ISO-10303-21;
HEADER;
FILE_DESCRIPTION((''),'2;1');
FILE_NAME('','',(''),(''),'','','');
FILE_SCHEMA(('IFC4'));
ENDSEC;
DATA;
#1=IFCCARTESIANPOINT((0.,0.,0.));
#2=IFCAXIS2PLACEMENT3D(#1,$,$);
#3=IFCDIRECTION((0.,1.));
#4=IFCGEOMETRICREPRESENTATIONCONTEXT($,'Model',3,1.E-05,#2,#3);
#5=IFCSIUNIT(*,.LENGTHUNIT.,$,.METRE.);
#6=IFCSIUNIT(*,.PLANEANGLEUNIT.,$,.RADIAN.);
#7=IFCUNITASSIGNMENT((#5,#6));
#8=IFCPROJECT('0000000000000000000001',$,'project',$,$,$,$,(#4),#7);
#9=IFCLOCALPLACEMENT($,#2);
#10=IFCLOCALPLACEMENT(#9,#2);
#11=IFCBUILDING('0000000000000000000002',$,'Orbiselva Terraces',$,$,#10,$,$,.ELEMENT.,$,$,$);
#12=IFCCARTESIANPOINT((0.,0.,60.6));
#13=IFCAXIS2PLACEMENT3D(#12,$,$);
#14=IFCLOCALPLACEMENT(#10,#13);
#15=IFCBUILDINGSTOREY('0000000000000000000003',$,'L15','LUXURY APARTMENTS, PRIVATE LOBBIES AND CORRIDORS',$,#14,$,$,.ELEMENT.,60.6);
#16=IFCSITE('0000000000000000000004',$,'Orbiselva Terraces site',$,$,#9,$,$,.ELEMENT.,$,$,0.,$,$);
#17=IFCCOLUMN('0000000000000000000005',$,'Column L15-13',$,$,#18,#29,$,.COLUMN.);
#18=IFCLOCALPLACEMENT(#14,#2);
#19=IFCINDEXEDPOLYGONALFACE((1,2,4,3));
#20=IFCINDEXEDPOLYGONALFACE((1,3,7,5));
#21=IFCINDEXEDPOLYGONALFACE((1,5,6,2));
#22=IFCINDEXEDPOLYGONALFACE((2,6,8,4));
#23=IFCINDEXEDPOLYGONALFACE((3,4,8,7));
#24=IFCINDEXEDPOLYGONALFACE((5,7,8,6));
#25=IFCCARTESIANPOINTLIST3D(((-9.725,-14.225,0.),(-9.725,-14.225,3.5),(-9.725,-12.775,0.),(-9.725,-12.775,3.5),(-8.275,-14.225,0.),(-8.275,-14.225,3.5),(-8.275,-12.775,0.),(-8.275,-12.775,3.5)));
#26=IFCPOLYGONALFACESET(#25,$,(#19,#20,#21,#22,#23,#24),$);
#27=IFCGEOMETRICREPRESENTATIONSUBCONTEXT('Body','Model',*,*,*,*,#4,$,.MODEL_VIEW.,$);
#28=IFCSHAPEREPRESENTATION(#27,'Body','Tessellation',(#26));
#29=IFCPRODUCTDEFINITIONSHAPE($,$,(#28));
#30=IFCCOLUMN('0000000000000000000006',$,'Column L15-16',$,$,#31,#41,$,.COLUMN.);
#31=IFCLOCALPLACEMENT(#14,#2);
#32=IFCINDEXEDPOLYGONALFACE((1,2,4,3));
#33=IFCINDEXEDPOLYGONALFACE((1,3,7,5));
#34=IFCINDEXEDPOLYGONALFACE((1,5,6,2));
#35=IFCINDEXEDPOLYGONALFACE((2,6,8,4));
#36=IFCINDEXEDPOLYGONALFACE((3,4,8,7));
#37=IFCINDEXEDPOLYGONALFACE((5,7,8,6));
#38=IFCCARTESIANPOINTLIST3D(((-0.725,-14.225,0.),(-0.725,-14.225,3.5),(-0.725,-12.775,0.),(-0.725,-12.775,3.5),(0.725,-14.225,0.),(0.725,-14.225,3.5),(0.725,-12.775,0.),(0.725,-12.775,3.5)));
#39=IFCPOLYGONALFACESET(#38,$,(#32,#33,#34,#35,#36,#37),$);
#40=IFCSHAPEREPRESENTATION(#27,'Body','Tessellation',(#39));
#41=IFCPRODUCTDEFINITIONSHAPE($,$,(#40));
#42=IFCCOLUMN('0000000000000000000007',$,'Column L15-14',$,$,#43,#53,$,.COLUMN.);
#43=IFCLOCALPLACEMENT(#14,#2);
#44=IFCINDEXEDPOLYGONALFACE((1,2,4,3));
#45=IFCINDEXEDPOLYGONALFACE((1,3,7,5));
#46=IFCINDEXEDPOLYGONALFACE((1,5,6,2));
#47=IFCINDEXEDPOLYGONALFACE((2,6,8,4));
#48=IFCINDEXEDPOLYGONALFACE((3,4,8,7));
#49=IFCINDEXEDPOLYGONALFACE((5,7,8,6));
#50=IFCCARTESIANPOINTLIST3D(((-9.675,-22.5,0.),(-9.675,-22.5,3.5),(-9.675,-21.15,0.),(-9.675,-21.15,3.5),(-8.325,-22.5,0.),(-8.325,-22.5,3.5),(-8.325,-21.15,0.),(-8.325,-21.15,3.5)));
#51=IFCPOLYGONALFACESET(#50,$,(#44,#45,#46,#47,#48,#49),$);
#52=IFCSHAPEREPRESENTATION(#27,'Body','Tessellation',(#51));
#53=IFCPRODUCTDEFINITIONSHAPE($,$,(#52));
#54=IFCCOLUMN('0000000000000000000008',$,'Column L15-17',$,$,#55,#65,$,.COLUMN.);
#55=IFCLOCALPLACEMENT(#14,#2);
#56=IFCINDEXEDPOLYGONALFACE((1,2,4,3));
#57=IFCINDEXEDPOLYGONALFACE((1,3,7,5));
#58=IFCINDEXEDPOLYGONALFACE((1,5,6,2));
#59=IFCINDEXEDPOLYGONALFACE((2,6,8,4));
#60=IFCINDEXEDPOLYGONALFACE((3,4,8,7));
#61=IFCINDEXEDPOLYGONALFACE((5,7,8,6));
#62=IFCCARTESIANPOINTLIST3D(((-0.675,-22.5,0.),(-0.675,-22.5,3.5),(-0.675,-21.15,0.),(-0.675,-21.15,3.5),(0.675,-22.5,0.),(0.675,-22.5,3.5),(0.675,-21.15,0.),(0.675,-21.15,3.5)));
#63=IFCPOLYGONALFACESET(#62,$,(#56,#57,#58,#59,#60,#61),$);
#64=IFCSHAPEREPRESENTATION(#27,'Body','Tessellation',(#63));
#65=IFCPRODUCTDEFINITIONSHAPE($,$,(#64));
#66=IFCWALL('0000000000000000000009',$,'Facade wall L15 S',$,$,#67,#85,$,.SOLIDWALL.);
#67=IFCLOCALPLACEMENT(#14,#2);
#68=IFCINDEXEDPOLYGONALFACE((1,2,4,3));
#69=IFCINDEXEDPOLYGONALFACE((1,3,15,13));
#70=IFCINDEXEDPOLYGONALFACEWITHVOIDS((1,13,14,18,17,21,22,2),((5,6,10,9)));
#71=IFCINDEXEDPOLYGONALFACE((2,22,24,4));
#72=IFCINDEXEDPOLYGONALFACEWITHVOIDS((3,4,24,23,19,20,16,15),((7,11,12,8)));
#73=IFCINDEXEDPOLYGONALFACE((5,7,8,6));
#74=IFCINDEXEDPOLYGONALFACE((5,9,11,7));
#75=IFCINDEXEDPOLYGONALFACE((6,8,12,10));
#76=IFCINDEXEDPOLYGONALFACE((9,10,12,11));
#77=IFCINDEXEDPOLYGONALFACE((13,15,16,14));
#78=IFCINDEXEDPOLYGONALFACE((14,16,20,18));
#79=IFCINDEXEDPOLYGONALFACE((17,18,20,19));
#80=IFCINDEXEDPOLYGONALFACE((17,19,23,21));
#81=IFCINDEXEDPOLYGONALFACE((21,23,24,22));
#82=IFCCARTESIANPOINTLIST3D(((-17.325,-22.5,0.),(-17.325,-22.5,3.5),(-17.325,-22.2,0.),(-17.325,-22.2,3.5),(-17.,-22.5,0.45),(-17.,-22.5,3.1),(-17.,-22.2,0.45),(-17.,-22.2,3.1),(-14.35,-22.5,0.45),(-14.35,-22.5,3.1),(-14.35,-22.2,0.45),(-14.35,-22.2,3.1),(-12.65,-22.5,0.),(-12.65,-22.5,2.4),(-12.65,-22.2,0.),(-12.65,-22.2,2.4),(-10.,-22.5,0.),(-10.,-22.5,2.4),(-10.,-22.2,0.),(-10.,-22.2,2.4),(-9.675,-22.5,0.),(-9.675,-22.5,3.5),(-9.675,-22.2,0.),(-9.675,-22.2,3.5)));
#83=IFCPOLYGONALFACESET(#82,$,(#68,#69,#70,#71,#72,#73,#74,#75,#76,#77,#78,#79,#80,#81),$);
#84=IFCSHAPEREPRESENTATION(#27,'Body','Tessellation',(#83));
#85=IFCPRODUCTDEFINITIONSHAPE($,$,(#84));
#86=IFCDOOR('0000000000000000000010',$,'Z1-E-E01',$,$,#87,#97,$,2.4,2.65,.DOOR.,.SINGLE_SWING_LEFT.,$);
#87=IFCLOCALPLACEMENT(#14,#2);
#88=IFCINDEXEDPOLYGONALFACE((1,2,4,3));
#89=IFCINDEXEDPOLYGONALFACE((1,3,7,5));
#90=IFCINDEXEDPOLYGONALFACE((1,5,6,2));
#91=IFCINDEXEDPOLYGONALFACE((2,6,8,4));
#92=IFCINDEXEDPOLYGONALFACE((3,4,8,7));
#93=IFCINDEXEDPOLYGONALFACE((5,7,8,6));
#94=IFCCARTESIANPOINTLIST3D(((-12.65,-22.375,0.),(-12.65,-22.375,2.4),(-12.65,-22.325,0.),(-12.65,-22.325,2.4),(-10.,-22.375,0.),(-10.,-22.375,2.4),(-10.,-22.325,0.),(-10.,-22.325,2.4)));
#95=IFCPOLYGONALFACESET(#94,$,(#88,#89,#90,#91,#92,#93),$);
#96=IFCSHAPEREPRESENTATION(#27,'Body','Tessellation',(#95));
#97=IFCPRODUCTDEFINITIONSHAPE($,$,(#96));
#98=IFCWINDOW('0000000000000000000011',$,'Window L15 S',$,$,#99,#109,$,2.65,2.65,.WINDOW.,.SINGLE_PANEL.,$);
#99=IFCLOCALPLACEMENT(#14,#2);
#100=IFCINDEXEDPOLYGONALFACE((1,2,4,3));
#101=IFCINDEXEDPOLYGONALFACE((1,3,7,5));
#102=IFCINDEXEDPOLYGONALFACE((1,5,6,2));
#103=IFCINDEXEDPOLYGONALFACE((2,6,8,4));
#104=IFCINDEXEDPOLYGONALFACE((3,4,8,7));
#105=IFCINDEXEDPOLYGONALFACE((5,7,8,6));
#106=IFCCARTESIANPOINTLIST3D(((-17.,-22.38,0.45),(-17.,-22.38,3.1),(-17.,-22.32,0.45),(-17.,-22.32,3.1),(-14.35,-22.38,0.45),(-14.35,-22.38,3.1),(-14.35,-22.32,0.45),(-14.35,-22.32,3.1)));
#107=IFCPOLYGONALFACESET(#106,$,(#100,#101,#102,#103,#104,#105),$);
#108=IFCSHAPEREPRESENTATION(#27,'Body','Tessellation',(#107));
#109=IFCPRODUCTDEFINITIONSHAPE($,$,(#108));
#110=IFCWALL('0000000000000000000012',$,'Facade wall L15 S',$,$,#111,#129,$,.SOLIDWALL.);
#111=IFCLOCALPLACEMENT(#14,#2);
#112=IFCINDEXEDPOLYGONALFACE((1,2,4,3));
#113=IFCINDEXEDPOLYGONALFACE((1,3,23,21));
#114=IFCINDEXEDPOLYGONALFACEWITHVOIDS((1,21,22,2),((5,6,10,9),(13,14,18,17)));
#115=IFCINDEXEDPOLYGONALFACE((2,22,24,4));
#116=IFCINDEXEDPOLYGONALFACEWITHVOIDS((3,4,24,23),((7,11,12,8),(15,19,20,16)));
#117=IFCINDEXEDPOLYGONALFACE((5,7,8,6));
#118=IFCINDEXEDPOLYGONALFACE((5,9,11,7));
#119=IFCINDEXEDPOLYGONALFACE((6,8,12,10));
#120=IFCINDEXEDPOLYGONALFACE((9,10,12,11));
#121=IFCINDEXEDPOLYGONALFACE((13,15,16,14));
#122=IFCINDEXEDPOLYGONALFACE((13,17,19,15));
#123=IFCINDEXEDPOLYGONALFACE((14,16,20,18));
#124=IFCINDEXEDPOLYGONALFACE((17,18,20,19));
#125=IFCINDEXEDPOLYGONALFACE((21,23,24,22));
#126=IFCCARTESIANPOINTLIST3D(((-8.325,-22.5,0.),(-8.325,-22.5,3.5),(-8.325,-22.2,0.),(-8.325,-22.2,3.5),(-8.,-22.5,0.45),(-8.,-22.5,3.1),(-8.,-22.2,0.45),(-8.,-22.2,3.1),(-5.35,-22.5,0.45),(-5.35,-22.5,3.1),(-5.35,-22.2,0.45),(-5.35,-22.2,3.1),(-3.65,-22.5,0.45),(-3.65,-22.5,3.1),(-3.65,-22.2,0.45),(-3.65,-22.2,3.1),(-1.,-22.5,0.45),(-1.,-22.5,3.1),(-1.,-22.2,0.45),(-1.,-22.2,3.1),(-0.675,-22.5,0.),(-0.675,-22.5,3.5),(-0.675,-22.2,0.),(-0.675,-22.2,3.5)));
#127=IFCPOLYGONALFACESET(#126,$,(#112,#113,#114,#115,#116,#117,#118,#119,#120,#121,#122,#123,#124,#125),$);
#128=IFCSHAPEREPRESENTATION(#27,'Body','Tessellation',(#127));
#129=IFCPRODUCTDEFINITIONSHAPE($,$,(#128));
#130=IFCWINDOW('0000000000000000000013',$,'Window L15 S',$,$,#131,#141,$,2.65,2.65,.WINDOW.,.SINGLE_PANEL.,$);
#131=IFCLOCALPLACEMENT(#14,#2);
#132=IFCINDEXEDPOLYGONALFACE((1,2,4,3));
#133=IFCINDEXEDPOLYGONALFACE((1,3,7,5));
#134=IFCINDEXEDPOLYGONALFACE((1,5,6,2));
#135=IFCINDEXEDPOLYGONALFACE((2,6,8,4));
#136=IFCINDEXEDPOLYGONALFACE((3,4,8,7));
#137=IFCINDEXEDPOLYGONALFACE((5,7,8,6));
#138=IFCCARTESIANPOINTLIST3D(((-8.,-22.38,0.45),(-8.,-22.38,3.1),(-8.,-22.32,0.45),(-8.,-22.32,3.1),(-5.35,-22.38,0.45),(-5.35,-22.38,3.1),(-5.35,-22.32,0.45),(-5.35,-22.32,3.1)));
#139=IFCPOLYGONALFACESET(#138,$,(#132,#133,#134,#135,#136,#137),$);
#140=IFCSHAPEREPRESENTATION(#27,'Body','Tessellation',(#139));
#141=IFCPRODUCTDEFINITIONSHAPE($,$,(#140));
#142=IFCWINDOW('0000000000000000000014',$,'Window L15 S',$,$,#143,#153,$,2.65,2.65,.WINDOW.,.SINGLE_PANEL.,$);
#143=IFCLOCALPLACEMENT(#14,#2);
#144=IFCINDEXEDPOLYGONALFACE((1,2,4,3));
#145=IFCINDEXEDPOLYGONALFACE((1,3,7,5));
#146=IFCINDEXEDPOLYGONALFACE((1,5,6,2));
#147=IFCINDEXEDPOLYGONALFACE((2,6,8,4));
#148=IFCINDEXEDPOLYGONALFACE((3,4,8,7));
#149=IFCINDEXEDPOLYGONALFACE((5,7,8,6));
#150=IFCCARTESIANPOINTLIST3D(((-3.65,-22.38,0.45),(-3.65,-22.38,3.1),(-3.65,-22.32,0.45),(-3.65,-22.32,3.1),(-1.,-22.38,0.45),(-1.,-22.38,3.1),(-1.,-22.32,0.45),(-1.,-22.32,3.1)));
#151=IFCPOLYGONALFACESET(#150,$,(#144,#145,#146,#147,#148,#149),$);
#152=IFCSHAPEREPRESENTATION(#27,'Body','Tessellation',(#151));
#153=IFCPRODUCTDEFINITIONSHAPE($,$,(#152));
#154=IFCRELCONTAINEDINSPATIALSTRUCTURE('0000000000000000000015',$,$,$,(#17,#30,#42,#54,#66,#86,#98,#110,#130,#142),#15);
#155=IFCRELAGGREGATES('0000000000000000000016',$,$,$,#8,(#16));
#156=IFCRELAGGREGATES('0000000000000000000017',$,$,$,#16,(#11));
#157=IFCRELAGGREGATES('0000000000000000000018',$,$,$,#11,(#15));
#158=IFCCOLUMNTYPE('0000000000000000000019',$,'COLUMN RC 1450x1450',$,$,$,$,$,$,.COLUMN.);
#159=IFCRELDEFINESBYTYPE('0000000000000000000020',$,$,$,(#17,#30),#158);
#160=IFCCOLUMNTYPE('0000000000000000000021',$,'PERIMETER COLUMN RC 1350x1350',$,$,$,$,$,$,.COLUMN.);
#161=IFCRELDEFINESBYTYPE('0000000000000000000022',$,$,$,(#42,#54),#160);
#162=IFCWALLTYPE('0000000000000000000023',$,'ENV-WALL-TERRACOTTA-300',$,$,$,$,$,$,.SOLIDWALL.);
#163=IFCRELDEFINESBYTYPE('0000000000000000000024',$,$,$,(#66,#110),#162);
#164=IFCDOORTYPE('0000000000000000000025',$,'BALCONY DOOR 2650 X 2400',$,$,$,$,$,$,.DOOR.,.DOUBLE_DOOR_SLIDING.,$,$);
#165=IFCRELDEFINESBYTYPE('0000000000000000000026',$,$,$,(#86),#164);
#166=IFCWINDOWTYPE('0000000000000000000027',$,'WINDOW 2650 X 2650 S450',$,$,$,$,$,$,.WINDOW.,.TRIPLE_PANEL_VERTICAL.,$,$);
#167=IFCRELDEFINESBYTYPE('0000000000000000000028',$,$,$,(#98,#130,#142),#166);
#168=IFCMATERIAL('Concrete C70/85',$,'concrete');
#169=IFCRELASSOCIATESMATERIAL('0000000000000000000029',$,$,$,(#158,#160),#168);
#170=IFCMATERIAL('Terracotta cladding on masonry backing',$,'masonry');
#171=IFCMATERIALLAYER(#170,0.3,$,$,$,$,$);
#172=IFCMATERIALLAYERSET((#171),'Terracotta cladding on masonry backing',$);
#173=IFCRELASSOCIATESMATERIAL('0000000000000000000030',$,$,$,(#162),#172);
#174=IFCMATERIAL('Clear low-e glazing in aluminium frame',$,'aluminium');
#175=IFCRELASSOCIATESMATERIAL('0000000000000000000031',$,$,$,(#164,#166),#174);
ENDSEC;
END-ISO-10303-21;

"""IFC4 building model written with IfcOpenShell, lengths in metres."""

from ifc_helpers import new_model, si_unit, direction, frame, frame_2d, origin, origin_2d, place, context, subcontext, project, spatial, rectangle, extrude, material, layer, layer_set, material_profile, profile_set, type_object, element, fill, save


model = new_model("IFC4")

# Units and contexts
model_context = context("Model", 3, precision=1e-05, world=origin(), true_north=direction((0.0, 1.0)))
body_context = subcontext(model_context, "Body", "Model", "MODEL_VIEW")
ifc_project = project(units=[si_unit("LENGTHUNIT", "METRE"), si_unit("PLANEANGLEUNIT", "RADIAN")], contexts=[model_context])

# Site, building, storey
site_placement = place(None, origin())
site = spatial("IfcSite", under=ifc_project, at=site_placement, Name="Orbiselva Terraces site", CompositionType="ELEMENT", RefElevation=0.0)
building_placement = place(site_placement, origin())
building = spatial("IfcBuilding", under=site, at=building_placement, Name="Orbiselva Terraces", CompositionType="ELEMENT")
storey_placement = place(building_placement, frame((0.0, 0.0, 60.6)))
storey = spatial("IfcBuildingStorey", under=building, at=storey_placement, Name="L15", Description="LUXURY APARTMENTS, PRIVATE LOBBIES AND CORRIDORS", CompositionType="ELEMENT", Elevation=60.6)

# Columns
ifc_material_1 = material(Name="Concrete C70/85", Category="concrete")
ifc_material_profile_1 = material_profile(ifc_material_1, rectangle(XDim=1.45, YDim=1.45, at=origin_2d()), Name="RC 1450x1450")
ifc_profile_set_1 = profile_set([ifc_material_profile_1], Name="Concrete C70/85")
column_type_1 = type_object("IfcColumnType", Name="COLUMN RC 1450x1450", PredefinedType="COLUMN", material=ifc_profile_set_1)
for number, where, z_axis, x_axis, name in (
    (1, (-9.0, -13.5, 0.0), (0.0, 0.0, 1.0), (1.0, 0.0, 0.0), "Column L15-13"),
    (2, (0.0, -13.5, 0.0), (0.0, 0.0, 1.0), (1.0, 0.0, 0.0), "Column L15-16"),
):
    element("IfcColumn", number, at=place(storey_placement, frame(where, z_axis=z_axis, x_axis=x_axis)), inside=storey, type_object=column_type_1, Name=name, PredefinedType="COLUMN", context=body_context, shape_type="SweptSolid", body=[
        extrude(rectangle(XDim=1.45, YDim=1.45, at=origin_2d()), origin(), (0.0, 0.0, 1.0), 3.5),
    ])
ifc_material_profile_2 = material_profile(ifc_material_1, rectangle(XDim=1.35, YDim=1.35, at=origin_2d()), Name="RC 1350x1350")
ifc_profile_set_2 = profile_set([ifc_material_profile_2], Name="Concrete C70/85")
column_type_2 = type_object("IfcColumnType", Name="PERIMETER COLUMN RC 1350x1350", PredefinedType="COLUMN", material=ifc_profile_set_2)
for number, where, z_axis, x_axis, name in (
    (3, (-9.0, -21.825, 0.0), (0.0, 0.0, 1.0), (1.0, 0.0, 0.0), "Column L15-14"),
    (4, (0.0, -21.825, 0.0), (0.0, 0.0, 1.0), (1.0, 0.0, 0.0), "Column L15-17"),
):
    element("IfcColumn", number, at=place(storey_placement, frame(where, z_axis=z_axis, x_axis=x_axis)), inside=storey, type_object=column_type_2, Name=name, PredefinedType="COLUMN", context=body_context, shape_type="SweptSolid", body=[
        extrude(rectangle(XDim=1.35, YDim=1.35, at=origin_2d()), origin(), (0.0, 0.0, 1.0), 3.5),
    ])

# Wall, openings, door, window
ifc_material_2 = material(Name="Terracotta cladding on masonry backing", Category="masonry")
ifc_layer_1 = layer(ifc_material_2, 0.3)
ifc_layer_set_1 = layer_set([ifc_layer_1], Name="Terracotta cladding on masonry backing")
wall_type_1 = type_object("IfcWallType", Name="ENV-WALL-TERRACOTTA-300", PredefinedType="SOLIDWALL", material=ifc_layer_set_1)
wall_1_placement = place(storey_placement, frame((-9.675, -22.35, 0.0), z_axis=(0.0, 0.0, 1.0), x_axis=(-1.0, 0.0, 0.0)))
wall_1 = element("IfcWall", 5, at=wall_1_placement, inside=storey, type_object=wall_type_1, Name="Facade wall L15 S", PredefinedType="SOLIDWALL", context=body_context, shape_type="SweptSolid", body=[
    extrude(rectangle(XDim=7.65, YDim=0.3, at=frame_2d((3.825, 0.0))), origin(), (0.0, 0.0, 1.0), 3.5),
])
opening_1_placement = place(wall_1_placement, frame((4.675, 0.0, 0.45)))
opening_1 = element("IfcOpeningElement", 6, at=opening_1_placement, cuts=wall_1, PredefinedType="OPENING", context=body_context, shape_type="SweptSolid", body=[
    extrude(rectangle(XDim=2.65, YDim=2.65, at=frame_2d((1.325, 1.325))), frame((0.0, 0.16, 0.0), z_axis=(0.0, -1.0, 0.0), x_axis=(1.0, 0.0, 0.0)), (0.0, 0.0, 1.0), 0.32),
])
opening_2_placement = place(wall_1_placement, frame((0.325, 0.0, 0.0)))
opening_2 = element("IfcOpeningElement", 7, at=opening_2_placement, cuts=wall_1, PredefinedType="OPENING", context=body_context, shape_type="SweptSolid", body=[
    extrude(rectangle(XDim=2.65, YDim=2.4, at=frame_2d((1.325, 1.2))), frame((0.0, 0.16, 0.0), z_axis=(0.0, -1.0, 0.0), x_axis=(1.0, 0.0, 0.0)), (0.0, 0.0, 1.0), 0.32),
])
ifc_material_3 = material(Name="Clear low-e glazing in aluminium frame", Category="aluminium")
door_type_1 = type_object("IfcDoorType", Name="BALCONY DOOR 2650 X 2400", OperationType="DOUBLE_DOOR_SLIDING", PredefinedType="DOOR", material=ifc_material_3)
door_1_placement = place(opening_2_placement, origin())
door_1 = element("IfcDoor", 8, at=door_1_placement, inside=storey, type_object=door_type_1, Name="Z1-E-E01", OperationType="SINGLE_SWING_LEFT", OverallHeight=2.4, OverallWidth=2.65, PredefinedType="DOOR", context=body_context, shape_type="SweptSolid", body=[
    extrude(rectangle(XDim=2.65, YDim=2.4, at=frame_2d((1.325, 1.2))), frame((0.0, 0.025, 0.0), z_axis=(0.0, -1.0, 0.0), x_axis=(1.0, 0.0, 0.0)), (0.0, 0.0, 1.0), 0.05),
])
fill(opening_2, door_1)
window_type = type_object("IfcWindowType", Name="WINDOW 2650 X 2650 S450", PartitioningType="TRIPLE_PANEL_VERTICAL", PredefinedType="WINDOW", material=ifc_material_3)
window_1_placement = place(opening_1_placement, origin())
window_1 = element("IfcWindow", 9, at=window_1_placement, inside=storey, type_object=window_type, Name="Window L15 S", OverallHeight=2.65, OverallWidth=2.65, PartitioningType="SINGLE_PANEL", PredefinedType="WINDOW", context=body_context, shape_type="SweptSolid", body=[
    extrude(rectangle(XDim=2.65, YDim=2.65, at=frame_2d((1.325, 1.325))), frame((0.0, 0.03, 0.0), z_axis=(0.0, -1.0, 0.0), x_axis=(1.0, 0.0, 0.0)), (0.0, 0.0, 1.0), 0.06),
])
fill(opening_1, window_1)

# Wall, openings, windows
wall_2_placement = place(storey_placement, frame((-0.675, -22.35, 0.0), z_axis=(0.0, 0.0, 1.0), x_axis=(-1.0, 0.0, 0.0)))
wall_2 = element("IfcWall", 10, at=wall_2_placement, inside=storey, type_object=wall_type_1, Name="Facade wall L15 S", PredefinedType="SOLIDWALL", context=body_context, shape_type="SweptSolid", body=[
    extrude(rectangle(XDim=7.65, YDim=0.3, at=frame_2d((3.825, 0.0))), origin(), (0.0, 0.0, 1.0), 3.5),
])
opening_3_placement = place(wall_2_placement, frame((4.675, 0.0, 0.45)))
opening_3 = element("IfcOpeningElement", 11, at=opening_3_placement, cuts=wall_2, PredefinedType="OPENING", context=body_context, shape_type="SweptSolid", body=[
    extrude(rectangle(XDim=2.65, YDim=2.65, at=frame_2d((1.325, 1.325))), frame((0.0, 0.16, 0.0), z_axis=(0.0, -1.0, 0.0), x_axis=(1.0, 0.0, 0.0)), (0.0, 0.0, 1.0), 0.32),
])
opening_4_placement = place(wall_2_placement, frame((0.325, 0.0, 0.45)))
opening_4 = element("IfcOpeningElement", 12, at=opening_4_placement, cuts=wall_2, PredefinedType="OPENING", context=body_context, shape_type="SweptSolid", body=[
    extrude(rectangle(XDim=2.65, YDim=2.65, at=frame_2d((1.325, 1.325))), frame((0.0, 0.16, 0.0), z_axis=(0.0, -1.0, 0.0), x_axis=(1.0, 0.0, 0.0)), (0.0, 0.0, 1.0), 0.32),
])
window_2_placement = place(opening_3_placement, origin())
window_2 = element("IfcWindow", 13, at=window_2_placement, inside=storey, type_object=window_type, Name="Window L15 S", OverallHeight=2.65, OverallWidth=2.65, PartitioningType="SINGLE_PANEL", PredefinedType="WINDOW", context=body_context, shape_type="SweptSolid", body=[
    extrude(rectangle(XDim=2.65, YDim=2.65, at=frame_2d((1.325, 1.325))), frame((0.0, 0.03, 0.0), z_axis=(0.0, -1.0, 0.0), x_axis=(1.0, 0.0, 0.0)), (0.0, 0.0, 1.0), 0.06),
])
fill(opening_3, window_2)
window_3_placement = place(opening_4_placement, origin())
window_3 = element("IfcWindow", 14, at=window_3_placement, inside=storey, type_object=window_type, Name="Window L15 S", OverallHeight=2.65, OverallWidth=2.65, PartitioningType="SINGLE_PANEL", PredefinedType="WINDOW", context=body_context, shape_type="SweptSolid", body=[
    extrude(rectangle(XDim=2.65, YDim=2.65, at=frame_2d((1.325, 1.325))), frame((0.0, 0.03, 0.0), z_axis=(0.0, -1.0, 0.0), x_axis=(1.0, 0.0, 0.0)), (0.0, 0.0, 1.0), 0.06),
])
fill(opening_4, window_3)

save(model, "model.ifc")
